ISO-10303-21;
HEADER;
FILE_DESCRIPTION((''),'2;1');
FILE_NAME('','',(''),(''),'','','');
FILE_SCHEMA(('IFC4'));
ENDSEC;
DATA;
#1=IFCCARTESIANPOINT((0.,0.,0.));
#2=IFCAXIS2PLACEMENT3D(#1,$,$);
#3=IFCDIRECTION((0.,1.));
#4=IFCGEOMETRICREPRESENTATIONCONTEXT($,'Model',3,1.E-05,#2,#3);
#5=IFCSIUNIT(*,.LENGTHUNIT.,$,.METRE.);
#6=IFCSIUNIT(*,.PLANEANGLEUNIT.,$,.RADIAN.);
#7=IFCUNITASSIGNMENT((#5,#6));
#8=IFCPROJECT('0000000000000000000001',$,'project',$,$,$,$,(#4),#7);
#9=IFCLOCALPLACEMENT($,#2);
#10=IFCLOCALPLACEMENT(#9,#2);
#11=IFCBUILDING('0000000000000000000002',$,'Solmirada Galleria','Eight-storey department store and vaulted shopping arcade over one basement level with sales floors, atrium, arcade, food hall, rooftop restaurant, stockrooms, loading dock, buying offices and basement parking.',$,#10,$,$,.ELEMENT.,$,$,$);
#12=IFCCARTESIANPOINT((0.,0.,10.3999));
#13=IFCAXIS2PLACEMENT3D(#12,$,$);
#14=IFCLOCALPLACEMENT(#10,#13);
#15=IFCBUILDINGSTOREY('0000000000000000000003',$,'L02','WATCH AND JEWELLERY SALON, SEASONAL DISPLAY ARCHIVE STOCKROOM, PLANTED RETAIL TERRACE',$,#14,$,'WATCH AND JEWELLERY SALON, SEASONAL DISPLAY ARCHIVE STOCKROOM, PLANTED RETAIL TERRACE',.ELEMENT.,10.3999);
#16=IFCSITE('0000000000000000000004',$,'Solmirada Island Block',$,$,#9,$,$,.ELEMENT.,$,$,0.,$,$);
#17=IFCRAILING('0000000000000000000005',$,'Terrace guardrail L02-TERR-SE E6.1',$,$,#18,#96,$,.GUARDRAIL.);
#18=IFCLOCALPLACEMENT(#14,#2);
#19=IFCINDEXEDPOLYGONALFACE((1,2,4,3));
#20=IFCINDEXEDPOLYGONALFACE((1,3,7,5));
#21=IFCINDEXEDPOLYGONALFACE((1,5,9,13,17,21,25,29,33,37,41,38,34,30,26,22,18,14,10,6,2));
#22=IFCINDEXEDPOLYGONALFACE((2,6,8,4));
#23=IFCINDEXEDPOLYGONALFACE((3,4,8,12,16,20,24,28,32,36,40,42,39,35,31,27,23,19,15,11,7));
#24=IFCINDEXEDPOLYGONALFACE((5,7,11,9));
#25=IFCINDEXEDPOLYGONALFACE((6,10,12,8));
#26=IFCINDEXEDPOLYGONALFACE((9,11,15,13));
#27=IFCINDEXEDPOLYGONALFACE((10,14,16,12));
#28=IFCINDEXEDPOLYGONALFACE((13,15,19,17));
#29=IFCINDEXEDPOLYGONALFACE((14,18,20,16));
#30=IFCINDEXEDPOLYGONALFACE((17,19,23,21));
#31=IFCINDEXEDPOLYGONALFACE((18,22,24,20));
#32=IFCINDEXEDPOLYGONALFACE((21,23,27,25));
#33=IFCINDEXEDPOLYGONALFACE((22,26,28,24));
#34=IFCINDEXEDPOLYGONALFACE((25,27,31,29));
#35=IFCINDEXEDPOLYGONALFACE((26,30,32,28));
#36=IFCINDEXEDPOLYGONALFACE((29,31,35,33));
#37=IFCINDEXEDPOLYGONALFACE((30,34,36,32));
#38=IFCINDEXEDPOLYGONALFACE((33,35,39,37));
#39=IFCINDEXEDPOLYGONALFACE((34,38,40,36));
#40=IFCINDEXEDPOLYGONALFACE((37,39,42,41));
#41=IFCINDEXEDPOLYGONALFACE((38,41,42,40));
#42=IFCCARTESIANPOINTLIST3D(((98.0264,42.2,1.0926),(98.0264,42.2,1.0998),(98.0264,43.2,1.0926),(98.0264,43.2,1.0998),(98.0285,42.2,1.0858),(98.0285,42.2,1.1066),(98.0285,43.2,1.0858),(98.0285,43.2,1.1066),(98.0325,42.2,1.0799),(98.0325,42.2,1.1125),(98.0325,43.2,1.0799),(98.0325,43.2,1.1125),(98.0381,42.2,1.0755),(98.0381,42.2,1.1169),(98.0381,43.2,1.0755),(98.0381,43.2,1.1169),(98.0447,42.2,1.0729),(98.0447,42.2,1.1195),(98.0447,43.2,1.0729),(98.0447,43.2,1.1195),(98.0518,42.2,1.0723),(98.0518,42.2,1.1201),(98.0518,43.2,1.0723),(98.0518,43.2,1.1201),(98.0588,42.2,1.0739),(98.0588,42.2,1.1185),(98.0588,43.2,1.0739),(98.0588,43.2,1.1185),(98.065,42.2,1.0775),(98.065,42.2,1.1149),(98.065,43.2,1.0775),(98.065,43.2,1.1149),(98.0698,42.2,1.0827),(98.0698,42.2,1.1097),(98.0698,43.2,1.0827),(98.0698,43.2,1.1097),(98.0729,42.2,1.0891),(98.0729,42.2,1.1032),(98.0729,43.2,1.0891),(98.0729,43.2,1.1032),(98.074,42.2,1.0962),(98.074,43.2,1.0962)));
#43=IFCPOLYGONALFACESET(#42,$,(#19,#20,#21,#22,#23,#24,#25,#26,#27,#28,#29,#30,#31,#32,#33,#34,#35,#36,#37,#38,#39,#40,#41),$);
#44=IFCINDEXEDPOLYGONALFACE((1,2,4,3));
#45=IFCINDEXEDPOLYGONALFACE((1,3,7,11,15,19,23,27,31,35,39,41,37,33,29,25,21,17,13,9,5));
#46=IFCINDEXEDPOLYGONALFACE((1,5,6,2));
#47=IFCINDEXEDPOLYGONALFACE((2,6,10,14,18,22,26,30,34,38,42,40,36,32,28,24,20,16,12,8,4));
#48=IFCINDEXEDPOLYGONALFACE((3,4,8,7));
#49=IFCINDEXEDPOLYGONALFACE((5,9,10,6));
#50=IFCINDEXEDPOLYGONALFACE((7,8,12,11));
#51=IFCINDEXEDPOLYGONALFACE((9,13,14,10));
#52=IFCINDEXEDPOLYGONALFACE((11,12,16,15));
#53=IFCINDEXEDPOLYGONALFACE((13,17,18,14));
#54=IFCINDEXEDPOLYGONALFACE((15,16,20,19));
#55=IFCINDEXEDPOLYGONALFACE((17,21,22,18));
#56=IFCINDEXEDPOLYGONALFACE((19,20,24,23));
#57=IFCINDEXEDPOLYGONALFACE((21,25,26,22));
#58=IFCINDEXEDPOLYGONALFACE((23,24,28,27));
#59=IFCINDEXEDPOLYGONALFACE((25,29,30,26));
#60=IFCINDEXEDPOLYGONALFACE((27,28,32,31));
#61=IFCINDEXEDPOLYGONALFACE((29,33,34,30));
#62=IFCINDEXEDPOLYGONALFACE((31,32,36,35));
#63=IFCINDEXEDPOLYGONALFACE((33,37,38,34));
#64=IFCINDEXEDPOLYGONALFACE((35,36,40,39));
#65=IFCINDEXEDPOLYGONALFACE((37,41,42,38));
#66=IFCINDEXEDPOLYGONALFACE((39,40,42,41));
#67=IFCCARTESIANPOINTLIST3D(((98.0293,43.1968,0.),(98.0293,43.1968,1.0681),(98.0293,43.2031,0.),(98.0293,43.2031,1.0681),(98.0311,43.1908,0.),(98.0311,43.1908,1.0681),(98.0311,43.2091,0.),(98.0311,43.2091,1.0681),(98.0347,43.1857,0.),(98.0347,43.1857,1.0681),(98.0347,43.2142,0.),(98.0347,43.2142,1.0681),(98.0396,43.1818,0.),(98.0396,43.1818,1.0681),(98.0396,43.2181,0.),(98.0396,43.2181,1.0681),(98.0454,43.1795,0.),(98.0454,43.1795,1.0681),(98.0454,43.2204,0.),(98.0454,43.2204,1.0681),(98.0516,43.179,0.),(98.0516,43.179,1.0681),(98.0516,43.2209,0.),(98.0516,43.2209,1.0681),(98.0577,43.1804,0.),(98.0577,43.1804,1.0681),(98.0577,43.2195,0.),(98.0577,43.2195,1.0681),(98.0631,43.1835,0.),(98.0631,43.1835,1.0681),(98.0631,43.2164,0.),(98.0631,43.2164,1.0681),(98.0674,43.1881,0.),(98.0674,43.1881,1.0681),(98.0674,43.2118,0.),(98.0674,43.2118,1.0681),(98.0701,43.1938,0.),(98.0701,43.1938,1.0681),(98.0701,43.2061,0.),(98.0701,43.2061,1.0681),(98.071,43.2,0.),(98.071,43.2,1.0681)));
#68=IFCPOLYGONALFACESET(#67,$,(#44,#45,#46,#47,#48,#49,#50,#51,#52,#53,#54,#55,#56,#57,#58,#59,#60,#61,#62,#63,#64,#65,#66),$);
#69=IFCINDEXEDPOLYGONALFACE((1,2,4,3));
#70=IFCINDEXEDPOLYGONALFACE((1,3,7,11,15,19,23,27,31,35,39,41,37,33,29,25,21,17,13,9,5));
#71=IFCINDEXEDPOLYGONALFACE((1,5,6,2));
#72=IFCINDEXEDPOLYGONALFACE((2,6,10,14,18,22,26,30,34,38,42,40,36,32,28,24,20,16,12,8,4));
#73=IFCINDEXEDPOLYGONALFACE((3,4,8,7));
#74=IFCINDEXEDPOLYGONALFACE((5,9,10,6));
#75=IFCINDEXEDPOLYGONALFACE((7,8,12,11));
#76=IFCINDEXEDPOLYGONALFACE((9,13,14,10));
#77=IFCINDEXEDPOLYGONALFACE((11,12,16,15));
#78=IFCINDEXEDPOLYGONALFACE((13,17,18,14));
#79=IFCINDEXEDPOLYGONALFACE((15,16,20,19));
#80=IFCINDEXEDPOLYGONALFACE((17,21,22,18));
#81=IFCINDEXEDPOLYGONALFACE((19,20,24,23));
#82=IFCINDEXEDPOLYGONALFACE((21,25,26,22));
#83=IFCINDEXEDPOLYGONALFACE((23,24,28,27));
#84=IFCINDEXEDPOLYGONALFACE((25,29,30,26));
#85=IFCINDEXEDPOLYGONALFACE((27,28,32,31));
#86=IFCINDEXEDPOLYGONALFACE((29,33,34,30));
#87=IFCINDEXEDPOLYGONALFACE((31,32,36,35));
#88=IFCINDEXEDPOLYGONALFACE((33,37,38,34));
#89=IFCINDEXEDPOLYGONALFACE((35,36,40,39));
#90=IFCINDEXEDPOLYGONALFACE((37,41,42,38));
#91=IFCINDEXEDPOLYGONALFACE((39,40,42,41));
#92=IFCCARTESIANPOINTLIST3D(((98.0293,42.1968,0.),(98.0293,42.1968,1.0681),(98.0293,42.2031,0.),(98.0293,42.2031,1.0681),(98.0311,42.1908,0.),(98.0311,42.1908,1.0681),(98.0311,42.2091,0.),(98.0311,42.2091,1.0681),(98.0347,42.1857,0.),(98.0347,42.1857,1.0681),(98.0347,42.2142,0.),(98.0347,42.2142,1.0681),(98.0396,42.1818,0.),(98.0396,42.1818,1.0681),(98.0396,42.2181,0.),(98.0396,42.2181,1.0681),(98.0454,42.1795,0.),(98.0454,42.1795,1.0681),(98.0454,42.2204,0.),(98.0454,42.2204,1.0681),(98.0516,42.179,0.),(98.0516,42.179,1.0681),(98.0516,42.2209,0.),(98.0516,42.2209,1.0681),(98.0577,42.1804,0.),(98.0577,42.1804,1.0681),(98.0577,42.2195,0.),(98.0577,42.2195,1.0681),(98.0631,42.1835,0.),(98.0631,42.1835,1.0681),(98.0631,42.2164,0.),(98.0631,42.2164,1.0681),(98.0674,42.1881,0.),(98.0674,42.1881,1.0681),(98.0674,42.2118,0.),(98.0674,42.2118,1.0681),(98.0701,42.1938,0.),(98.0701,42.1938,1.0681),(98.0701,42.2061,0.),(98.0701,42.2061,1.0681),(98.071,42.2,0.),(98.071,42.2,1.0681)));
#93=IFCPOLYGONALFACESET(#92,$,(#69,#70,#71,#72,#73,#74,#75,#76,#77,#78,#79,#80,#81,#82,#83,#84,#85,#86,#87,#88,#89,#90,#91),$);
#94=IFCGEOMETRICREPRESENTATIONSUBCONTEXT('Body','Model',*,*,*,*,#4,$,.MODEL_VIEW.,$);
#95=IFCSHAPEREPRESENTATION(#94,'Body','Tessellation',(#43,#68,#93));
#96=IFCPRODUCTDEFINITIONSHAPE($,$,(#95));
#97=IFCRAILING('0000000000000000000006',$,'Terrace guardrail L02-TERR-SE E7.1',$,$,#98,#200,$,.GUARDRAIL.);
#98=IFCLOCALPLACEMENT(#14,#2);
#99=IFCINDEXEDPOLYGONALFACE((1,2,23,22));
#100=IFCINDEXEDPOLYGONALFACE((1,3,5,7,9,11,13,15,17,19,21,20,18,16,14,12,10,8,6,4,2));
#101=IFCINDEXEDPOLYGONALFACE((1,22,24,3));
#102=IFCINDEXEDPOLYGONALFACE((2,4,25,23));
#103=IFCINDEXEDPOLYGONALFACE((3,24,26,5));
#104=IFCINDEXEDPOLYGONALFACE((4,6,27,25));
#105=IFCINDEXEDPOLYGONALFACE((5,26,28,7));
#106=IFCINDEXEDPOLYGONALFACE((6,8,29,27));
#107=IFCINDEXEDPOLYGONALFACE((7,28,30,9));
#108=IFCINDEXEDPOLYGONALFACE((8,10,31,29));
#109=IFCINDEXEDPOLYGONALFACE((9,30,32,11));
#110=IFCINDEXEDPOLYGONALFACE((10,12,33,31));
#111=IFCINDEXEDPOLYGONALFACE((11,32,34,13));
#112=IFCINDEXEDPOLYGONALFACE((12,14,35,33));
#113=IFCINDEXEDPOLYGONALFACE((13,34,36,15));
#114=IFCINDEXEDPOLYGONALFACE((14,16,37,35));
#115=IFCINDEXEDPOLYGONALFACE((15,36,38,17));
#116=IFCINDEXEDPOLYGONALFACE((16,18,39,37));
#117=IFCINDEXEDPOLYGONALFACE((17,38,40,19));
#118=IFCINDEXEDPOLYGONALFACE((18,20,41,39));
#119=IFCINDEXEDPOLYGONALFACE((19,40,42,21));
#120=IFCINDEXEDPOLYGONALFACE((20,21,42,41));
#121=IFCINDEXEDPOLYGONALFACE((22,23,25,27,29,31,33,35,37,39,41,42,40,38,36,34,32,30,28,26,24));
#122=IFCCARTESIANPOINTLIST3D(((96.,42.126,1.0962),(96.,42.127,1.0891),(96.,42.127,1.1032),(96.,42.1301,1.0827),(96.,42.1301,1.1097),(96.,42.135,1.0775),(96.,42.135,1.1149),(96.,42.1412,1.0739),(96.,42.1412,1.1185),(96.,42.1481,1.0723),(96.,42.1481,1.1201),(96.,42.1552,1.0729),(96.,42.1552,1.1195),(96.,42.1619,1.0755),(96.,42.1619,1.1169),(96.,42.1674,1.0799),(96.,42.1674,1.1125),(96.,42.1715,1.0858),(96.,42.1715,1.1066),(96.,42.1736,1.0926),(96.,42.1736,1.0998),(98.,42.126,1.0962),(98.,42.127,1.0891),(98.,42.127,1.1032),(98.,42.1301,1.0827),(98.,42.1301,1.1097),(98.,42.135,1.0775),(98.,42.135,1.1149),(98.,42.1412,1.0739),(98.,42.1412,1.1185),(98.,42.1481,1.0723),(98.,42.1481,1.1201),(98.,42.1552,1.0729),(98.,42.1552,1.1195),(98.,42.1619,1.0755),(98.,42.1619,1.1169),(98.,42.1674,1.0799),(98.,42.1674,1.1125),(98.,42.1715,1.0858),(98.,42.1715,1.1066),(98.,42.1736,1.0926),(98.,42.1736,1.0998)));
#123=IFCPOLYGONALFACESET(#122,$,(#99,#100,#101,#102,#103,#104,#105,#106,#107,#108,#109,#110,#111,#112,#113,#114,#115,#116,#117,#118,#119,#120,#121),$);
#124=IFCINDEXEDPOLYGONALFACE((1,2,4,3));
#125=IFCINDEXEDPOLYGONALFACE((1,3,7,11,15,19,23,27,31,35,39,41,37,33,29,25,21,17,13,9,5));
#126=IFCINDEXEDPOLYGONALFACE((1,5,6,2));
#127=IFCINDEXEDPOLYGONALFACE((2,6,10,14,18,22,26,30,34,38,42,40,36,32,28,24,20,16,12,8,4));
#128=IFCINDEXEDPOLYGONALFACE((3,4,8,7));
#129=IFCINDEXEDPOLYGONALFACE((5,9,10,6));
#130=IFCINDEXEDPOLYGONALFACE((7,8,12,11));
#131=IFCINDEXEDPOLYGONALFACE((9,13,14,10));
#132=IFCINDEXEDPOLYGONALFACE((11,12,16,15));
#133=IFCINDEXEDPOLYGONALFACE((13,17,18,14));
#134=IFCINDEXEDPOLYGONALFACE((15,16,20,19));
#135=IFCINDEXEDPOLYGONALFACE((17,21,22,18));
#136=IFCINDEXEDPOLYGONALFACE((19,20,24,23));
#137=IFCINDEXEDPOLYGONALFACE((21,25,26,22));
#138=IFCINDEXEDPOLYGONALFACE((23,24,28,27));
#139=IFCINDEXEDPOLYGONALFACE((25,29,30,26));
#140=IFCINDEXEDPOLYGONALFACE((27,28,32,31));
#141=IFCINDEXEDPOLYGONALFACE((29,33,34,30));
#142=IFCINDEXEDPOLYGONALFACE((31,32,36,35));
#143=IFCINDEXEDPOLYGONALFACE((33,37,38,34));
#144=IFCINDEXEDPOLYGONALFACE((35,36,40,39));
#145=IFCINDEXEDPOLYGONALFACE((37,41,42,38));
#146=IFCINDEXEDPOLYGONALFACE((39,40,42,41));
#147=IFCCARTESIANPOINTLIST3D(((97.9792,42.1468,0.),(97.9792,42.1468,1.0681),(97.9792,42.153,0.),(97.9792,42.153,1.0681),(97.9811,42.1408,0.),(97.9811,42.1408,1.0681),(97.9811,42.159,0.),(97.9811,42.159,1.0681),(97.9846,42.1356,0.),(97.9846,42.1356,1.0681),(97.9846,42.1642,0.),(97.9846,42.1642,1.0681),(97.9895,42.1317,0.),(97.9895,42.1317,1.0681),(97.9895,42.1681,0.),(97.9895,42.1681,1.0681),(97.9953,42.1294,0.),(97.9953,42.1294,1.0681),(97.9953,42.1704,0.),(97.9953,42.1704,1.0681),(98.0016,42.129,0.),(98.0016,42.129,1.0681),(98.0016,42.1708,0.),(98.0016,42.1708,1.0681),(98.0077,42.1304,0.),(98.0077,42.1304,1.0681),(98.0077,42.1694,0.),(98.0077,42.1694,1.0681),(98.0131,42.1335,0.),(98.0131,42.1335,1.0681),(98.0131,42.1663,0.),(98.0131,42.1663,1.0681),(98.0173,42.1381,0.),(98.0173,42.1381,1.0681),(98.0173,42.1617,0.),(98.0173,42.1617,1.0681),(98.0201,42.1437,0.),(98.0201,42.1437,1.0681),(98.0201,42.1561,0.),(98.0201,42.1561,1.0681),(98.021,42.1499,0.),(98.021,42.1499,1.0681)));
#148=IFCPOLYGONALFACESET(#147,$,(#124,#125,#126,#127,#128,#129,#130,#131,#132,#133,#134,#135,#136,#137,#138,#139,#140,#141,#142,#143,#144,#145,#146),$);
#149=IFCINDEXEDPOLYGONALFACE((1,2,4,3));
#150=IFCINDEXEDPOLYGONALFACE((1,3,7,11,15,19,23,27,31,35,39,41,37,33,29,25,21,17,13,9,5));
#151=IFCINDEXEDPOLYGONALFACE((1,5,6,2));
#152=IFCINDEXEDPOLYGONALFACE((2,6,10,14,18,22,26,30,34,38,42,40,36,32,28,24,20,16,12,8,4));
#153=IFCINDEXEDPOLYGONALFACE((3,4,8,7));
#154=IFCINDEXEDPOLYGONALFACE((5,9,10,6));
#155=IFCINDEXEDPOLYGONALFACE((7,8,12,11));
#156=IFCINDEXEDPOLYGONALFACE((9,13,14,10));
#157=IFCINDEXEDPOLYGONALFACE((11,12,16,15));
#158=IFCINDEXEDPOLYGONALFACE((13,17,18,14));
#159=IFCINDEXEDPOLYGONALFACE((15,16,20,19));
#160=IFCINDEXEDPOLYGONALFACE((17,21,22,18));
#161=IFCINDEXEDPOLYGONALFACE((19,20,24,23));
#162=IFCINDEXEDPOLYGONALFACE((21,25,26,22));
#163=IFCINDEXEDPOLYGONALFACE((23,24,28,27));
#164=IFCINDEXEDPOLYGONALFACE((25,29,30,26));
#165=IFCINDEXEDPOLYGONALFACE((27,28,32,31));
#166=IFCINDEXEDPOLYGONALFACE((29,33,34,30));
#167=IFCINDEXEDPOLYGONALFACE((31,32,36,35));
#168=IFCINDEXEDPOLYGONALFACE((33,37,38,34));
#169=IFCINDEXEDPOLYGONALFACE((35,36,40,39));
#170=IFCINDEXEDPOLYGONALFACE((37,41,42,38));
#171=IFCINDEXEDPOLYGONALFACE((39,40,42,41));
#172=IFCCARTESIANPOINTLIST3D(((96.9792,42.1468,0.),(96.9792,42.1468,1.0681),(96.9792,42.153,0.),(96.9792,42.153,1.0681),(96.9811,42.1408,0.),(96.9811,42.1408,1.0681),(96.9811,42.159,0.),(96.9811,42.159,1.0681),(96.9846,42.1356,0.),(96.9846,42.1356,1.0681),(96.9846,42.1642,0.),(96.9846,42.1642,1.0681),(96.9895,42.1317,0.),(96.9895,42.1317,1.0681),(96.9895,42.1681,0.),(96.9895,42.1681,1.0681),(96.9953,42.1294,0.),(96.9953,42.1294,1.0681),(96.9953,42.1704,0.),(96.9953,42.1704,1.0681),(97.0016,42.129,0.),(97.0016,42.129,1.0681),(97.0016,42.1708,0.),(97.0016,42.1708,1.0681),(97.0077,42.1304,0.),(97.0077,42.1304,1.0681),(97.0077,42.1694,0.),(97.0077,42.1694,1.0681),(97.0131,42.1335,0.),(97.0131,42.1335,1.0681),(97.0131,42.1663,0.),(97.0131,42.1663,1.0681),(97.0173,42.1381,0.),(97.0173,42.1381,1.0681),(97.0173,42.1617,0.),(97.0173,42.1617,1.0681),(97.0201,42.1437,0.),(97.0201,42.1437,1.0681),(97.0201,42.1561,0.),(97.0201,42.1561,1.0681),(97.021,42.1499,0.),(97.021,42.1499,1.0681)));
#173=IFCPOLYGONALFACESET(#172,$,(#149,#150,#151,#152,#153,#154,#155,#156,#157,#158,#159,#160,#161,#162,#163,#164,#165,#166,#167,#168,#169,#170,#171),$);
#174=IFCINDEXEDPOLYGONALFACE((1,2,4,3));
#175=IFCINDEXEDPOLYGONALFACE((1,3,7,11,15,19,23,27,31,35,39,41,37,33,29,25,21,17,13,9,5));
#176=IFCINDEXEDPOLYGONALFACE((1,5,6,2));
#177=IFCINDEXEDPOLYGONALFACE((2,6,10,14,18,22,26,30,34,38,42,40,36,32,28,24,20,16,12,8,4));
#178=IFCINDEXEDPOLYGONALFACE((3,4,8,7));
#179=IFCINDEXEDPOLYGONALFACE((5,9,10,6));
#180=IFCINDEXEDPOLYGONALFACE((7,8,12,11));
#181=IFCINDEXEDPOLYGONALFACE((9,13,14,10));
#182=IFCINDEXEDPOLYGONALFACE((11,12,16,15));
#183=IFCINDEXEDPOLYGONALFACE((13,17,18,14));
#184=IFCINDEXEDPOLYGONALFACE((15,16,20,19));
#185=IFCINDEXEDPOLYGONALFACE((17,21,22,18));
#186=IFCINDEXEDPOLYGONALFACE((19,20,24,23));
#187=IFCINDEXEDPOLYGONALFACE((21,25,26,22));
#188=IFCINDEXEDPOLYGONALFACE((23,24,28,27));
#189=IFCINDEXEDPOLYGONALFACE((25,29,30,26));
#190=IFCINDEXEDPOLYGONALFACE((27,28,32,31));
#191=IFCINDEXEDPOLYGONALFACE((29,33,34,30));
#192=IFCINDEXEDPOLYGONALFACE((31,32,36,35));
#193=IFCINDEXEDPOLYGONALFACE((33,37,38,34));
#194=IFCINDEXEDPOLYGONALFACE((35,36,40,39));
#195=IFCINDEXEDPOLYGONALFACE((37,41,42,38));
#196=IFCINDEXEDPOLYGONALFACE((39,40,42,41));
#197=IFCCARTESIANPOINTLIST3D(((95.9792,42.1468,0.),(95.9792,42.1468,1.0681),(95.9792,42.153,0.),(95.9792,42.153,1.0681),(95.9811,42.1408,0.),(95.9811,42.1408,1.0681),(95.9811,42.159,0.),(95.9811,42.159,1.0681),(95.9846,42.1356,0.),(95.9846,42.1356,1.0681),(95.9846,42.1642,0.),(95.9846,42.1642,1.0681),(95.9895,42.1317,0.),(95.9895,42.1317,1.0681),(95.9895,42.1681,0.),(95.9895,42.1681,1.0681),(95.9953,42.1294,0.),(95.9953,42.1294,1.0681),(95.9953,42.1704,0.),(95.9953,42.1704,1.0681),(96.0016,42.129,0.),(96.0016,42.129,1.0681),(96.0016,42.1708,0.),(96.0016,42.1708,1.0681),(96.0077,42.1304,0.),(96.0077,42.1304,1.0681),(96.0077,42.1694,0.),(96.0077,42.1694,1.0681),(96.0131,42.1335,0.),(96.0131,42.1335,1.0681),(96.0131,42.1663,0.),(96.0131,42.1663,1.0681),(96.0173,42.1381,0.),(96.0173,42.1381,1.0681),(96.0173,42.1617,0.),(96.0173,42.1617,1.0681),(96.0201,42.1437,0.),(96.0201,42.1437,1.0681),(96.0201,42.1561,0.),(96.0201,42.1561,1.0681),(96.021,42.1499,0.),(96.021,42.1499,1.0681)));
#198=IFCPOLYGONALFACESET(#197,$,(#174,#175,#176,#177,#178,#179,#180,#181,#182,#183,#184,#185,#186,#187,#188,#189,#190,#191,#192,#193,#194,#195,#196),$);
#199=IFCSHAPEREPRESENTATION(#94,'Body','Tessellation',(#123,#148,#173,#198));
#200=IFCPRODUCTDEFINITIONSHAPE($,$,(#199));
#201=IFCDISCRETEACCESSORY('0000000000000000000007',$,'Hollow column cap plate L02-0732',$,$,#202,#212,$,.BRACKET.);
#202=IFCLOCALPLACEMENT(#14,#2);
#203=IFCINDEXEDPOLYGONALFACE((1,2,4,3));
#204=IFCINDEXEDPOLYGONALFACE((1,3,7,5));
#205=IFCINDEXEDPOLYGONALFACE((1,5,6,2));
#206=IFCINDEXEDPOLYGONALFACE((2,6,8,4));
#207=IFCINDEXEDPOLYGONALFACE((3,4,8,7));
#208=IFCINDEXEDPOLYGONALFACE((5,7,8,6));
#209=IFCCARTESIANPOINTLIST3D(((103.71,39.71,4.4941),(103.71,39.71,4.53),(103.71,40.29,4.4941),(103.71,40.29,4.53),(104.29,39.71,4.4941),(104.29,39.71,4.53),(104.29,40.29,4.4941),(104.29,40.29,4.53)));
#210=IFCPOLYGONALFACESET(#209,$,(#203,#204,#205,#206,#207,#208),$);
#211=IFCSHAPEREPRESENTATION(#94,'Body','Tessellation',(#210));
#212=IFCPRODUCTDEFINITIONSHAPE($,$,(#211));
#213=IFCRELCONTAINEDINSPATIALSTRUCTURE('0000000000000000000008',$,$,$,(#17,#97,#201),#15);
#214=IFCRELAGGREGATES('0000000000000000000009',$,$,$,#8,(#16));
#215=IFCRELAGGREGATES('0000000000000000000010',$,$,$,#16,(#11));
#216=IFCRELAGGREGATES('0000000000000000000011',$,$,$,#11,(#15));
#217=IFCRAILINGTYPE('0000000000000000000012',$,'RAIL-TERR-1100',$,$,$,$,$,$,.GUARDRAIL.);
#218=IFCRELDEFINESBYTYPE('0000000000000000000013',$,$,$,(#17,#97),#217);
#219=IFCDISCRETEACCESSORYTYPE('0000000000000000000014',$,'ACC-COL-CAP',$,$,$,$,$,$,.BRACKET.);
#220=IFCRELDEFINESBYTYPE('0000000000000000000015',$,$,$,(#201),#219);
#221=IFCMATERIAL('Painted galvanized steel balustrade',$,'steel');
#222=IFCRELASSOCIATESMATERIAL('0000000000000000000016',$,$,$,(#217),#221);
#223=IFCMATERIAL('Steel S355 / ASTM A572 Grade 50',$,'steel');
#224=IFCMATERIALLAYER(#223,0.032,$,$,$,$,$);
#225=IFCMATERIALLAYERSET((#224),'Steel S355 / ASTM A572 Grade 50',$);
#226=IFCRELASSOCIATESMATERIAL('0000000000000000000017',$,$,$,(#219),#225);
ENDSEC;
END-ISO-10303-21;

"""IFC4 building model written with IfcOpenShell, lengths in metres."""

from ifc_helpers import new_model, si_unit, direction, frame, origin, origin_2d, place, context, subcontext, project, spatial, rectangle, circle, extrude, material, layer, layer_set, type_object, element, save


model = new_model("IFC4")

# Units and contexts
model_context = context("Model", 3, precision=1e-05, world=origin(), true_north=direction((0.0, 1.0)))
body_context = subcontext(model_context, "Body", "Model", "MODEL_VIEW")
ifc_project = project(units=[si_unit("LENGTHUNIT", "METRE"), si_unit("PLANEANGLEUNIT", "RADIAN")], contexts=[model_context])

# Site, building, storey
site_placement = place(None, origin())
site = spatial("IfcSite", under=ifc_project, at=site_placement, Name="Solmirada Island Block", CompositionType="ELEMENT", RefElevation=0.0)
building_placement = place(site_placement, origin())
building = spatial("IfcBuilding", under=site, at=building_placement, Name="Solmirada Galleria", Description="Eight-storey department store and vaulted shopping arcade over one basement level with sales floors, atrium, arcade, food hall, rooftop restaurant, stockrooms, loading dock, buying offices and basement parking.", CompositionType="ELEMENT")
storey_placement = place(building_placement, frame((0.0, 0.0, 10.3999)))
storey = spatial("IfcBuildingStorey", under=building, at=storey_placement, Name="L02", Description="WATCH AND JEWELLERY SALON, SEASONAL DISPLAY ARCHIVE STOCKROOM, PLANTED RETAIL TERRACE", LongName="WATCH AND JEWELLERY SALON, SEASONAL DISPLAY ARCHIVE STOCKROOM, PLANTED RETAIL TERRACE", CompositionType="ELEMENT", Elevation=10.3999)

# Railings
ifc_material_1 = material(Name="Painted galvanized steel balustrade", Category="steel")
railing_type = type_object("IfcRailingType", Name="RAIL-TERR-1100", PredefinedType="GUARDRAIL", material=ifc_material_1)
railing_1_placement = place(storey_placement, frame((98.05, 43.2, 0.0)))
element("IfcRailing", 1, at=railing_1_placement, inside=storey, type_object=railing_type, Name="Terrace guardrail L02-TERR-SE E6.1", PredefinedType="GUARDRAIL", context=body_context, shape_type="SweptSolid", body=[
    extrude(circle(Radius=0.0239, at=origin_2d()), frame((0.0, 0.0, 1.0962), z_axis=(0.0, -1.0, 0.0), x_axis=(1.0, 0.0, 0.0)), (0.0, 0.0, 1.0), 1.0),
    extrude(circle(Radius=0.021, at=origin_2d()), origin(), (0.0, 0.0, 1.0), 1.0681),
    extrude(circle(Radius=0.021, at=origin_2d()), frame((0.0, -1.0, 0.0)), (0.0, 0.0, 1.0), 1.0681),
])
railing_2_placement = place(storey_placement, frame((98.0, 42.1499, 0.0)))
element("IfcRailing", 2, at=railing_2_placement, inside=storey, type_object=railing_type, Name="Terrace guardrail L02-TERR-SE E7.1", PredefinedType="GUARDRAIL", context=body_context, shape_type="SweptSolid", body=[
    extrude(circle(Radius=0.0239, at=origin_2d()), frame((0.0, 0.0, 1.0962), z_axis=(-1.0, 0.0, 0.0), x_axis=(0.0, -1.0, 0.0)), (0.0, 0.0, 1.0), 2.0),
    extrude(circle(Radius=0.021, at=origin_2d()), origin(), (0.0, 0.0, 1.0), 1.0681),
    extrude(circle(Radius=0.021, at=origin_2d()), frame((-1.0, 0.0, 0.0)), (0.0, 0.0, 1.0), 1.0681),
    extrude(circle(Radius=0.021, at=origin_2d()), frame((-2.0, 0.0, 0.0)), (0.0, 0.0, 1.0), 1.0681),
])

# Discrete accessory
ifc_material_2 = material(Name="Steel S355 / ASTM A572 Grade 50", Category="steel")
ifc_layer_1 = layer(ifc_material_2, 0.032)
ifc_layer_set_1 = layer_set([ifc_layer_1], Name="Steel S355 / ASTM A572 Grade 50")
discrete_accessory_type = type_object("IfcDiscreteAccessoryType", Name="ACC-COL-CAP", PredefinedType="BRACKET", material=ifc_layer_set_1)
discrete_accessory_placement = place(storey_placement, frame((104.0, 40.0, 4.4941), z_axis=(0.0, 0.0, 1.0), x_axis=(1.0, 0.0, 0.0)))
element("IfcDiscreteAccessory", 3, at=discrete_accessory_placement, inside=storey, type_object=discrete_accessory_type, Name="Hollow column cap plate L02-0732", PredefinedType="BRACKET", context=body_context, shape_type="SweptSolid", body=[
    extrude(rectangle(XDim=0.5801, YDim=0.5801, at=origin_2d()), origin(), (0.0, 0.0, 1.0), 0.0359),
])

save(model, "model.ifc")
